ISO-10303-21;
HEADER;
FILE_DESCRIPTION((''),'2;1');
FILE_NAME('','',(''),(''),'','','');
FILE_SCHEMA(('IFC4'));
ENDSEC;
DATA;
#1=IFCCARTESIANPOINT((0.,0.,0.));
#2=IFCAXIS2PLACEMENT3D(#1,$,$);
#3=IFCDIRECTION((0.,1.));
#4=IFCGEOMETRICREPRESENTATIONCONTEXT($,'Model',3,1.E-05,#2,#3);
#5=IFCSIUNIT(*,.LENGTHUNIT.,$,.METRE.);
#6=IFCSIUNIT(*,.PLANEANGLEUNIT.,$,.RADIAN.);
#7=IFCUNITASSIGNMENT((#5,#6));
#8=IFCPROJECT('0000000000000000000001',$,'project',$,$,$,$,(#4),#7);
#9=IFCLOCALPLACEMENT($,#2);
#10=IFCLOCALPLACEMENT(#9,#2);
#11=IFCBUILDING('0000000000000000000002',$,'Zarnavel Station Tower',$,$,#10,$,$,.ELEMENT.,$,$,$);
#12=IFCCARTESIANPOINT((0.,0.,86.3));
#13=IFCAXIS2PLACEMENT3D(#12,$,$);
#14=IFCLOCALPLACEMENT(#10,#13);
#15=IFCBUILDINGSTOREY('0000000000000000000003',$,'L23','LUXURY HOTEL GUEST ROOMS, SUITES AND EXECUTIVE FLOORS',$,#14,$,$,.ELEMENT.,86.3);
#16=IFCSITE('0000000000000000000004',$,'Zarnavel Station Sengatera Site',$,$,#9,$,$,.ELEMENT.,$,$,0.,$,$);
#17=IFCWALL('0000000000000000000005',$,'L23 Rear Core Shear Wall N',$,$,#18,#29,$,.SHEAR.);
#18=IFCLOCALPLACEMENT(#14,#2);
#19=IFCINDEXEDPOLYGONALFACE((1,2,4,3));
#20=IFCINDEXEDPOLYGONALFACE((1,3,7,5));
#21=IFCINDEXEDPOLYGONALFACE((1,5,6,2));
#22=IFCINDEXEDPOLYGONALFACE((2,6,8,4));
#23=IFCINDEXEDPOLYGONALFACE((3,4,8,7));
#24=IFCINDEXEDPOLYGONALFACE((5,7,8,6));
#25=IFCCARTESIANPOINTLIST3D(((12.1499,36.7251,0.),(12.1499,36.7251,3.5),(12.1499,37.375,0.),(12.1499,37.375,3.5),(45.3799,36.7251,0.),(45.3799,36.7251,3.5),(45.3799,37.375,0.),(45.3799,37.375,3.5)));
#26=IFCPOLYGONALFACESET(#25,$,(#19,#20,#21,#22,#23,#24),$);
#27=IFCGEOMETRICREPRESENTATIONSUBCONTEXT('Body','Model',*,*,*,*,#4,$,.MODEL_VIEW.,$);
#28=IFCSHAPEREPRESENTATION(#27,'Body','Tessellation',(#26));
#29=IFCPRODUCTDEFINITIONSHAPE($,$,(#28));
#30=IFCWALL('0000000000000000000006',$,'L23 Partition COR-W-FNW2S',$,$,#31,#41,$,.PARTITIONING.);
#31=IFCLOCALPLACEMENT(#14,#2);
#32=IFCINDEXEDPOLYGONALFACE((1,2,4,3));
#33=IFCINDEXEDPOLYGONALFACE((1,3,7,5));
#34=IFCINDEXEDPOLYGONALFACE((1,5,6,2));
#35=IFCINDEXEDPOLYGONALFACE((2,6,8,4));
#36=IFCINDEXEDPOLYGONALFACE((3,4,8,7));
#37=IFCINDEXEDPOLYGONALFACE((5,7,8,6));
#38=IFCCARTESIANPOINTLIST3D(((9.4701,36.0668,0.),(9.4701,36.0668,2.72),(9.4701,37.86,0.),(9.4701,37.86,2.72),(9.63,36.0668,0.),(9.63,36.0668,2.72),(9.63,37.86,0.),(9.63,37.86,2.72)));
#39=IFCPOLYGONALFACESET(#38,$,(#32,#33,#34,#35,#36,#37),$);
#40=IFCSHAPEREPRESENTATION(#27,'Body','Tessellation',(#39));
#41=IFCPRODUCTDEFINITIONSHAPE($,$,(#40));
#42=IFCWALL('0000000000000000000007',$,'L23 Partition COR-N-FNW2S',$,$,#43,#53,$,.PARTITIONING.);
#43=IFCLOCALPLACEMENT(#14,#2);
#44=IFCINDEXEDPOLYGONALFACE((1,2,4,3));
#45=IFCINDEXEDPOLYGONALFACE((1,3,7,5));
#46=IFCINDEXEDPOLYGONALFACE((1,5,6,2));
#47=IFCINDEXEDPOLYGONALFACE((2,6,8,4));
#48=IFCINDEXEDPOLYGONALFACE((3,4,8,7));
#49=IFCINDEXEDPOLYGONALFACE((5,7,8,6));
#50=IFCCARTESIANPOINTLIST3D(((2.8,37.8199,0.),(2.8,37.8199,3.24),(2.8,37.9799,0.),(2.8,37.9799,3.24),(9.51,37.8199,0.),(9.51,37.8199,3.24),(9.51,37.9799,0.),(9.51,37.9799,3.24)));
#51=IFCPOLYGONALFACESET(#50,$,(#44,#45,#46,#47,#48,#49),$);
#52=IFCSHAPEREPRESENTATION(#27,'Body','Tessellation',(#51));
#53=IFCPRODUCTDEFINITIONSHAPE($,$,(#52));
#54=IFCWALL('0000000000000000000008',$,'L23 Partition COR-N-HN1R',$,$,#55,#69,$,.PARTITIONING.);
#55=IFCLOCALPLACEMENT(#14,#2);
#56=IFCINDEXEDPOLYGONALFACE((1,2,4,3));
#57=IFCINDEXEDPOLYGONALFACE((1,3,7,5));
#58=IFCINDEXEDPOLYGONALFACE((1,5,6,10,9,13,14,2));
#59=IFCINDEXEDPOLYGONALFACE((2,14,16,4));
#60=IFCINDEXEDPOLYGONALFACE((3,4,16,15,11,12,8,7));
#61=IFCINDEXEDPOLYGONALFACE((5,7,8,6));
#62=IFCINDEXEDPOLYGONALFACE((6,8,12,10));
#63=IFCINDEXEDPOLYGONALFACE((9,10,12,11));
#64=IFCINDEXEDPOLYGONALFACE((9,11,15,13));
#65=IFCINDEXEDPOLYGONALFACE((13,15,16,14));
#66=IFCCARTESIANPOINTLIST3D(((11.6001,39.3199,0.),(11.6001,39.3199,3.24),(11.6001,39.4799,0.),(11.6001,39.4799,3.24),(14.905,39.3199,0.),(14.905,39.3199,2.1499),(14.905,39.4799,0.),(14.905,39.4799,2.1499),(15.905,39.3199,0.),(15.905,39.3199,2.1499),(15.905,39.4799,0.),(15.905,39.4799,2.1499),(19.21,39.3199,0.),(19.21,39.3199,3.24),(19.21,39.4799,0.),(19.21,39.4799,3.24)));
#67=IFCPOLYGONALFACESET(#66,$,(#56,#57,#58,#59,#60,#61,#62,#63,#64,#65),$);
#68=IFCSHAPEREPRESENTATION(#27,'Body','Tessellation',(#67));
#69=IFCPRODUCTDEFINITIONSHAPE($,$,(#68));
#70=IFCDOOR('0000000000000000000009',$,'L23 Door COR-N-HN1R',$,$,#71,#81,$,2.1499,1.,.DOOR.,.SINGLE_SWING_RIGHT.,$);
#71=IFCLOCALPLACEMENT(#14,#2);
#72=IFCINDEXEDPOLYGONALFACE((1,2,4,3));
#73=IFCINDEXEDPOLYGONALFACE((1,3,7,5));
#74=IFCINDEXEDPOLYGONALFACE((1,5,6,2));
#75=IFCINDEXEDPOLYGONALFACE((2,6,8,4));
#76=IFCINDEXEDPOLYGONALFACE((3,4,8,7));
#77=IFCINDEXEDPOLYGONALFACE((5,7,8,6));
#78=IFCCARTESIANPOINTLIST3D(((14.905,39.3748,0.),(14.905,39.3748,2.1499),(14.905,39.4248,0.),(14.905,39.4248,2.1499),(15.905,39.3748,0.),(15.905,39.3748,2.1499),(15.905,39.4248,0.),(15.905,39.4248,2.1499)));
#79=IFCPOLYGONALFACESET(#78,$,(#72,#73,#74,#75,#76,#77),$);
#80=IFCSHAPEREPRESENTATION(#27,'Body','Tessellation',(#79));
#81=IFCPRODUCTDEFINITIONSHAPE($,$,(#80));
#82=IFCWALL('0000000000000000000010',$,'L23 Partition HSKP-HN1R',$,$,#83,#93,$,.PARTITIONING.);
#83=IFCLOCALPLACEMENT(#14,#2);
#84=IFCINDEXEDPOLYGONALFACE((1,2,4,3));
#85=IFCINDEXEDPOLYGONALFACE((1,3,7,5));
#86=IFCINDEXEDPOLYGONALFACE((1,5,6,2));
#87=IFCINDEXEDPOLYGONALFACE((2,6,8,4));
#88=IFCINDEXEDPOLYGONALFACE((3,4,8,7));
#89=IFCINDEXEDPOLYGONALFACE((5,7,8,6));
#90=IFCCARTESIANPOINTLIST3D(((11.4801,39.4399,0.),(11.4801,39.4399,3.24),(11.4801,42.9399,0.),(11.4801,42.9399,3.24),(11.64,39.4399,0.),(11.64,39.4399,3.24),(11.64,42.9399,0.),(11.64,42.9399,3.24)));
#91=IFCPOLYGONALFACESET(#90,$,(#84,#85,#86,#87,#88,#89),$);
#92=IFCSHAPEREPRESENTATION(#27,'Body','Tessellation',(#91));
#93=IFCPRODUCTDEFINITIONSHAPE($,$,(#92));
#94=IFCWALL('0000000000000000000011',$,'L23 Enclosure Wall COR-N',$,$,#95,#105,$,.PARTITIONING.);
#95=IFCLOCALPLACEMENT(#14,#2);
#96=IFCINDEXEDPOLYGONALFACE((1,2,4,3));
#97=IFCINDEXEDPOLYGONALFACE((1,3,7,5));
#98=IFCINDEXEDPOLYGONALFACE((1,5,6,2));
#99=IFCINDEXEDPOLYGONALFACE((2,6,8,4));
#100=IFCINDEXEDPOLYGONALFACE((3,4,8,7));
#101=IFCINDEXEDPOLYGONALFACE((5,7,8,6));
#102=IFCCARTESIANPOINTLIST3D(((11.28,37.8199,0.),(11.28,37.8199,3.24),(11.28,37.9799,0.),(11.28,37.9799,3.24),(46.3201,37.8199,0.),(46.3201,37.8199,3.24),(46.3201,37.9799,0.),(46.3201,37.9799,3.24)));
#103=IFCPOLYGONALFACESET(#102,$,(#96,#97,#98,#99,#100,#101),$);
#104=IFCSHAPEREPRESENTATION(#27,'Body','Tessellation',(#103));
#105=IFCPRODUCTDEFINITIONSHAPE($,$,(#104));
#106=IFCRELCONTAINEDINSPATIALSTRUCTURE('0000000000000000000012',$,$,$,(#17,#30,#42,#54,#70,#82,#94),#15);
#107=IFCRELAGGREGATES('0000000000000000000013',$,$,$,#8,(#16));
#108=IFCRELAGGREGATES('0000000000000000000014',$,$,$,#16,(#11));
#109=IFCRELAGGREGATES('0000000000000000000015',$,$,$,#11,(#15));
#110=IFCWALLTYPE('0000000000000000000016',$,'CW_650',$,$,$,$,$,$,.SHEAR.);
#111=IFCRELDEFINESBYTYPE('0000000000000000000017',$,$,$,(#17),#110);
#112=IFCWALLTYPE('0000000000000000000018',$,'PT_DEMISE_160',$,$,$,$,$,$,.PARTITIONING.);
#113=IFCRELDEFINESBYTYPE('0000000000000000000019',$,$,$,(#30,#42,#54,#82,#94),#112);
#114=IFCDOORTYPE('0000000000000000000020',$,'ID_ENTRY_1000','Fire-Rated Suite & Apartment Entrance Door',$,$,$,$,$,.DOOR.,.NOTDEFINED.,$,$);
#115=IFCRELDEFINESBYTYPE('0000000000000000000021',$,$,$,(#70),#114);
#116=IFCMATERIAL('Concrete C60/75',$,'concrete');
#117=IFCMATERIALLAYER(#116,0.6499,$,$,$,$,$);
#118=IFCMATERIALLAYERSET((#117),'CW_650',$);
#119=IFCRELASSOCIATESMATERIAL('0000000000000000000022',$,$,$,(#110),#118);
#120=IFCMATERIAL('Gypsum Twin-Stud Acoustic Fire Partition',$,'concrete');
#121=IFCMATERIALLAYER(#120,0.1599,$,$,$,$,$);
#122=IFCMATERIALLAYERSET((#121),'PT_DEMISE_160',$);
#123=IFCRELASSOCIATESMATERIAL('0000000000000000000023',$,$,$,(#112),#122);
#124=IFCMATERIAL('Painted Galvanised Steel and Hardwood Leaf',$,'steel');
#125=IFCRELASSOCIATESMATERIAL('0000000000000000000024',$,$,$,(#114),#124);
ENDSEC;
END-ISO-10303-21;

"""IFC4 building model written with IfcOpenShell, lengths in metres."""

from ifc_helpers import new_model, si_unit, direction, frame, frame_2d, origin, place, context, subcontext, project, spatial, rectangle, extrude, material, layer, layer_set, type_object, element, fill, save


model = new_model("IFC4")

# Units and contexts
model_context = context("Model", 3, precision=1e-05, world=origin(), true_north=direction((0.0, 1.0)))
body_context = subcontext(model_context, "Body", "Model", "MODEL_VIEW")
ifc_project = project(units=[si_unit("LENGTHUNIT", "METRE"), si_unit("PLANEANGLEUNIT", "RADIAN")], contexts=[model_context])

# Site, building, storey
site_placement = place(None, origin())
site = spatial("IfcSite", under=ifc_project, at=site_placement, Name="Zarnavel Station Sengatera Site", CompositionType="ELEMENT", RefElevation=0.0)
building_placement = place(site_placement, origin())
building = spatial("IfcBuilding", under=site, at=building_placement, Name="Zarnavel Station Tower", CompositionType="ELEMENT")
storey_placement = place(building_placement, frame((0.0, 0.0, 86.3)))
storey = spatial("IfcBuildingStorey", under=building, at=storey_placement, Name="L23", Description="LUXURY HOTEL GUEST ROOMS, SUITES AND EXECUTIVE FLOORS", CompositionType="ELEMENT", Elevation=86.3)

# Wall
ifc_material_1 = material(Name="Concrete C60/75", Category="concrete")
ifc_layer_1 = layer(ifc_material_1, 0.6499)
ifc_layer_set_1 = layer_set([ifc_layer_1], Name="CW_650")
wall_type_1 = type_object("IfcWallType", Name="CW_650", PredefinedType="SHEAR", material=ifc_layer_set_1)
wall_1_placement = place(storey_placement, frame((12.1499, 37.05, 0.0), z_axis=(0.0, 0.0, 1.0), x_axis=(1.0, 0.0, 0.0)))
element("IfcWall", 1, at=wall_1_placement, inside=storey, type_object=wall_type_1, Name="L23 Rear Core Shear Wall N", PredefinedType="SHEAR", context=body_context, shape_type="SweptSolid", body=[
    extrude(rectangle(XDim=33.23, YDim=0.6499, at=frame_2d((16.615, 0.0))), origin(), (0.0, 0.0, 1.0), 3.5),
])

# Walls
ifc_material_2 = material(Name="Gypsum Twin-Stud Acoustic Fire Partition", Category="concrete")
ifc_layer_2 = layer(ifc_material_2, 0.1599)
ifc_layer_set_2 = layer_set([ifc_layer_2], Name="PT_DEMISE_160")
wall_type_2 = type_object("IfcWallType", Name="PT_DEMISE_160", PredefinedType="PARTITIONING", material=ifc_layer_set_2)
wall_2_placement = place(storey_placement, frame((9.55, 36.0669, 0.0), z_axis=(0.0, 0.0, 1.0), x_axis=(0.0, 1.0, 0.0)))
element("IfcWall", 2, at=wall_2_placement, inside=storey, type_object=wall_type_2, Name="L23 Partition COR-W-FNW2S", PredefinedType="PARTITIONING", context=body_context, shape_type="SweptSolid", body=[
    extrude(rectangle(XDim=1.7932, YDim=0.1599, at=frame_2d((0.8965, 0.0))), origin(), (0.0, 0.0, 1.0), 2.72),
])
wall_3_placement = place(storey_placement, frame((2.8, 37.8999, 0.0), z_axis=(0.0, 0.0, 1.0), x_axis=(1.0, 0.0, 0.0)))
element("IfcWall", 3, at=wall_3_placement, inside=storey, type_object=wall_type_2, Name="L23 Partition COR-N-FNW2S", PredefinedType="PARTITIONING", context=body_context, shape_type="SweptSolid", body=[
    extrude(rectangle(XDim=6.71, YDim=0.1599, at=frame_2d((3.355, 0.0))), origin(), (0.0, 0.0, 1.0), 3.24),
])

# Wall, opening, door
wall_4_placement = place(storey_placement, frame((11.6001, 39.3999, 0.0), z_axis=(0.0, 0.0, 1.0), x_axis=(1.0, 0.0, 0.0)))
wall_4 = element("IfcWall", 4, at=wall_4_placement, inside=storey, type_object=wall_type_2, Name="L23 Partition COR-N-HN1R", PredefinedType="PARTITIONING", context=body_context, shape_type="SweptSolid", body=[
    extrude(rectangle(XDim=7.6099, YDim=0.1599, at=frame_2d((3.8049, 0.0))), origin(), (0.0, 0.0, 1.0), 3.24),
])
opening_1_placement = place(wall_4_placement, frame((3.3049, 0.0, 0.0)))
opening_1 = element("IfcOpeningElement", 5, at=opening_1_placement, cuts=wall_4, PredefinedType="OPENING", context=body_context, shape_type="SweptSolid", body=[
    extrude(rectangle(XDim=1.0, YDim=2.1499, at=frame_2d((0.5, 1.075))), frame((0.0, 0.0898, 0.0), z_axis=(0.0, -1.0, 0.0), x_axis=(1.0, 0.0, 0.0)), (0.0, 0.0, 1.0), 0.1799),
])
ifc_material_3 = material(Name="Painted Galvanised Steel and Hardwood Leaf", Category="steel")
door_type = type_object("IfcDoorType", Name="ID_ENTRY_1000", Description="Fire-Rated Suite & Apartment Entrance Door", OperationType="NOTDEFINED", PredefinedType="DOOR", material=ifc_material_3)
door_placement = place(opening_1_placement, origin())
door = element("IfcDoor", 6, at=door_placement, inside=storey, type_object=door_type, Name="L23 Door COR-N-HN1R", OperationType="SINGLE_SWING_RIGHT", OverallHeight=2.1499, OverallWidth=1.0, PredefinedType="DOOR", context=body_context, shape_type="SweptSolid", body=[
    extrude(rectangle(XDim=1.0, YDim=2.1499, at=frame_2d((0.5, 1.075))), frame((0.0, 0.0249, 0.0), z_axis=(0.0, -1.0, 0.0), x_axis=(1.0, 0.0, 0.0)), (0.0, 0.0, 1.0), 0.05),
])
fill(opening_1, door)

# Walls
wall_5_placement = place(storey_placement, frame((11.5601, 39.4399, 0.0), z_axis=(0.0, 0.0, 1.0), x_axis=(0.0, 1.0, 0.0)))
element("IfcWall", 7, at=wall_5_placement, inside=storey, type_object=wall_type_2, Name="L23 Partition HSKP-HN1R", PredefinedType="PARTITIONING", context=body_context, shape_type="SweptSolid", body=[
    extrude(rectangle(XDim=3.5, YDim=0.1599, at=frame_2d((1.75, 0.0))), origin(), (0.0, 0.0, 1.0), 3.24),
])
wall_6_placement = place(storey_placement, frame((11.28, 37.8999, 0.0), z_axis=(0.0, 0.0, 1.0), x_axis=(1.0, 0.0, 0.0)))
element("IfcWall", 8, at=wall_6_placement, inside=storey, type_object=wall_type_2, Name="L23 Enclosure Wall COR-N", PredefinedType="PARTITIONING", context=body_context, shape_type="SweptSolid", body=[
    extrude(rectangle(XDim=35.04, YDim=0.1599, at=frame_2d((17.52, 0.0))), origin(), (0.0, 0.0, 1.0), 3.24),
])

save(model, "model.ifc")
